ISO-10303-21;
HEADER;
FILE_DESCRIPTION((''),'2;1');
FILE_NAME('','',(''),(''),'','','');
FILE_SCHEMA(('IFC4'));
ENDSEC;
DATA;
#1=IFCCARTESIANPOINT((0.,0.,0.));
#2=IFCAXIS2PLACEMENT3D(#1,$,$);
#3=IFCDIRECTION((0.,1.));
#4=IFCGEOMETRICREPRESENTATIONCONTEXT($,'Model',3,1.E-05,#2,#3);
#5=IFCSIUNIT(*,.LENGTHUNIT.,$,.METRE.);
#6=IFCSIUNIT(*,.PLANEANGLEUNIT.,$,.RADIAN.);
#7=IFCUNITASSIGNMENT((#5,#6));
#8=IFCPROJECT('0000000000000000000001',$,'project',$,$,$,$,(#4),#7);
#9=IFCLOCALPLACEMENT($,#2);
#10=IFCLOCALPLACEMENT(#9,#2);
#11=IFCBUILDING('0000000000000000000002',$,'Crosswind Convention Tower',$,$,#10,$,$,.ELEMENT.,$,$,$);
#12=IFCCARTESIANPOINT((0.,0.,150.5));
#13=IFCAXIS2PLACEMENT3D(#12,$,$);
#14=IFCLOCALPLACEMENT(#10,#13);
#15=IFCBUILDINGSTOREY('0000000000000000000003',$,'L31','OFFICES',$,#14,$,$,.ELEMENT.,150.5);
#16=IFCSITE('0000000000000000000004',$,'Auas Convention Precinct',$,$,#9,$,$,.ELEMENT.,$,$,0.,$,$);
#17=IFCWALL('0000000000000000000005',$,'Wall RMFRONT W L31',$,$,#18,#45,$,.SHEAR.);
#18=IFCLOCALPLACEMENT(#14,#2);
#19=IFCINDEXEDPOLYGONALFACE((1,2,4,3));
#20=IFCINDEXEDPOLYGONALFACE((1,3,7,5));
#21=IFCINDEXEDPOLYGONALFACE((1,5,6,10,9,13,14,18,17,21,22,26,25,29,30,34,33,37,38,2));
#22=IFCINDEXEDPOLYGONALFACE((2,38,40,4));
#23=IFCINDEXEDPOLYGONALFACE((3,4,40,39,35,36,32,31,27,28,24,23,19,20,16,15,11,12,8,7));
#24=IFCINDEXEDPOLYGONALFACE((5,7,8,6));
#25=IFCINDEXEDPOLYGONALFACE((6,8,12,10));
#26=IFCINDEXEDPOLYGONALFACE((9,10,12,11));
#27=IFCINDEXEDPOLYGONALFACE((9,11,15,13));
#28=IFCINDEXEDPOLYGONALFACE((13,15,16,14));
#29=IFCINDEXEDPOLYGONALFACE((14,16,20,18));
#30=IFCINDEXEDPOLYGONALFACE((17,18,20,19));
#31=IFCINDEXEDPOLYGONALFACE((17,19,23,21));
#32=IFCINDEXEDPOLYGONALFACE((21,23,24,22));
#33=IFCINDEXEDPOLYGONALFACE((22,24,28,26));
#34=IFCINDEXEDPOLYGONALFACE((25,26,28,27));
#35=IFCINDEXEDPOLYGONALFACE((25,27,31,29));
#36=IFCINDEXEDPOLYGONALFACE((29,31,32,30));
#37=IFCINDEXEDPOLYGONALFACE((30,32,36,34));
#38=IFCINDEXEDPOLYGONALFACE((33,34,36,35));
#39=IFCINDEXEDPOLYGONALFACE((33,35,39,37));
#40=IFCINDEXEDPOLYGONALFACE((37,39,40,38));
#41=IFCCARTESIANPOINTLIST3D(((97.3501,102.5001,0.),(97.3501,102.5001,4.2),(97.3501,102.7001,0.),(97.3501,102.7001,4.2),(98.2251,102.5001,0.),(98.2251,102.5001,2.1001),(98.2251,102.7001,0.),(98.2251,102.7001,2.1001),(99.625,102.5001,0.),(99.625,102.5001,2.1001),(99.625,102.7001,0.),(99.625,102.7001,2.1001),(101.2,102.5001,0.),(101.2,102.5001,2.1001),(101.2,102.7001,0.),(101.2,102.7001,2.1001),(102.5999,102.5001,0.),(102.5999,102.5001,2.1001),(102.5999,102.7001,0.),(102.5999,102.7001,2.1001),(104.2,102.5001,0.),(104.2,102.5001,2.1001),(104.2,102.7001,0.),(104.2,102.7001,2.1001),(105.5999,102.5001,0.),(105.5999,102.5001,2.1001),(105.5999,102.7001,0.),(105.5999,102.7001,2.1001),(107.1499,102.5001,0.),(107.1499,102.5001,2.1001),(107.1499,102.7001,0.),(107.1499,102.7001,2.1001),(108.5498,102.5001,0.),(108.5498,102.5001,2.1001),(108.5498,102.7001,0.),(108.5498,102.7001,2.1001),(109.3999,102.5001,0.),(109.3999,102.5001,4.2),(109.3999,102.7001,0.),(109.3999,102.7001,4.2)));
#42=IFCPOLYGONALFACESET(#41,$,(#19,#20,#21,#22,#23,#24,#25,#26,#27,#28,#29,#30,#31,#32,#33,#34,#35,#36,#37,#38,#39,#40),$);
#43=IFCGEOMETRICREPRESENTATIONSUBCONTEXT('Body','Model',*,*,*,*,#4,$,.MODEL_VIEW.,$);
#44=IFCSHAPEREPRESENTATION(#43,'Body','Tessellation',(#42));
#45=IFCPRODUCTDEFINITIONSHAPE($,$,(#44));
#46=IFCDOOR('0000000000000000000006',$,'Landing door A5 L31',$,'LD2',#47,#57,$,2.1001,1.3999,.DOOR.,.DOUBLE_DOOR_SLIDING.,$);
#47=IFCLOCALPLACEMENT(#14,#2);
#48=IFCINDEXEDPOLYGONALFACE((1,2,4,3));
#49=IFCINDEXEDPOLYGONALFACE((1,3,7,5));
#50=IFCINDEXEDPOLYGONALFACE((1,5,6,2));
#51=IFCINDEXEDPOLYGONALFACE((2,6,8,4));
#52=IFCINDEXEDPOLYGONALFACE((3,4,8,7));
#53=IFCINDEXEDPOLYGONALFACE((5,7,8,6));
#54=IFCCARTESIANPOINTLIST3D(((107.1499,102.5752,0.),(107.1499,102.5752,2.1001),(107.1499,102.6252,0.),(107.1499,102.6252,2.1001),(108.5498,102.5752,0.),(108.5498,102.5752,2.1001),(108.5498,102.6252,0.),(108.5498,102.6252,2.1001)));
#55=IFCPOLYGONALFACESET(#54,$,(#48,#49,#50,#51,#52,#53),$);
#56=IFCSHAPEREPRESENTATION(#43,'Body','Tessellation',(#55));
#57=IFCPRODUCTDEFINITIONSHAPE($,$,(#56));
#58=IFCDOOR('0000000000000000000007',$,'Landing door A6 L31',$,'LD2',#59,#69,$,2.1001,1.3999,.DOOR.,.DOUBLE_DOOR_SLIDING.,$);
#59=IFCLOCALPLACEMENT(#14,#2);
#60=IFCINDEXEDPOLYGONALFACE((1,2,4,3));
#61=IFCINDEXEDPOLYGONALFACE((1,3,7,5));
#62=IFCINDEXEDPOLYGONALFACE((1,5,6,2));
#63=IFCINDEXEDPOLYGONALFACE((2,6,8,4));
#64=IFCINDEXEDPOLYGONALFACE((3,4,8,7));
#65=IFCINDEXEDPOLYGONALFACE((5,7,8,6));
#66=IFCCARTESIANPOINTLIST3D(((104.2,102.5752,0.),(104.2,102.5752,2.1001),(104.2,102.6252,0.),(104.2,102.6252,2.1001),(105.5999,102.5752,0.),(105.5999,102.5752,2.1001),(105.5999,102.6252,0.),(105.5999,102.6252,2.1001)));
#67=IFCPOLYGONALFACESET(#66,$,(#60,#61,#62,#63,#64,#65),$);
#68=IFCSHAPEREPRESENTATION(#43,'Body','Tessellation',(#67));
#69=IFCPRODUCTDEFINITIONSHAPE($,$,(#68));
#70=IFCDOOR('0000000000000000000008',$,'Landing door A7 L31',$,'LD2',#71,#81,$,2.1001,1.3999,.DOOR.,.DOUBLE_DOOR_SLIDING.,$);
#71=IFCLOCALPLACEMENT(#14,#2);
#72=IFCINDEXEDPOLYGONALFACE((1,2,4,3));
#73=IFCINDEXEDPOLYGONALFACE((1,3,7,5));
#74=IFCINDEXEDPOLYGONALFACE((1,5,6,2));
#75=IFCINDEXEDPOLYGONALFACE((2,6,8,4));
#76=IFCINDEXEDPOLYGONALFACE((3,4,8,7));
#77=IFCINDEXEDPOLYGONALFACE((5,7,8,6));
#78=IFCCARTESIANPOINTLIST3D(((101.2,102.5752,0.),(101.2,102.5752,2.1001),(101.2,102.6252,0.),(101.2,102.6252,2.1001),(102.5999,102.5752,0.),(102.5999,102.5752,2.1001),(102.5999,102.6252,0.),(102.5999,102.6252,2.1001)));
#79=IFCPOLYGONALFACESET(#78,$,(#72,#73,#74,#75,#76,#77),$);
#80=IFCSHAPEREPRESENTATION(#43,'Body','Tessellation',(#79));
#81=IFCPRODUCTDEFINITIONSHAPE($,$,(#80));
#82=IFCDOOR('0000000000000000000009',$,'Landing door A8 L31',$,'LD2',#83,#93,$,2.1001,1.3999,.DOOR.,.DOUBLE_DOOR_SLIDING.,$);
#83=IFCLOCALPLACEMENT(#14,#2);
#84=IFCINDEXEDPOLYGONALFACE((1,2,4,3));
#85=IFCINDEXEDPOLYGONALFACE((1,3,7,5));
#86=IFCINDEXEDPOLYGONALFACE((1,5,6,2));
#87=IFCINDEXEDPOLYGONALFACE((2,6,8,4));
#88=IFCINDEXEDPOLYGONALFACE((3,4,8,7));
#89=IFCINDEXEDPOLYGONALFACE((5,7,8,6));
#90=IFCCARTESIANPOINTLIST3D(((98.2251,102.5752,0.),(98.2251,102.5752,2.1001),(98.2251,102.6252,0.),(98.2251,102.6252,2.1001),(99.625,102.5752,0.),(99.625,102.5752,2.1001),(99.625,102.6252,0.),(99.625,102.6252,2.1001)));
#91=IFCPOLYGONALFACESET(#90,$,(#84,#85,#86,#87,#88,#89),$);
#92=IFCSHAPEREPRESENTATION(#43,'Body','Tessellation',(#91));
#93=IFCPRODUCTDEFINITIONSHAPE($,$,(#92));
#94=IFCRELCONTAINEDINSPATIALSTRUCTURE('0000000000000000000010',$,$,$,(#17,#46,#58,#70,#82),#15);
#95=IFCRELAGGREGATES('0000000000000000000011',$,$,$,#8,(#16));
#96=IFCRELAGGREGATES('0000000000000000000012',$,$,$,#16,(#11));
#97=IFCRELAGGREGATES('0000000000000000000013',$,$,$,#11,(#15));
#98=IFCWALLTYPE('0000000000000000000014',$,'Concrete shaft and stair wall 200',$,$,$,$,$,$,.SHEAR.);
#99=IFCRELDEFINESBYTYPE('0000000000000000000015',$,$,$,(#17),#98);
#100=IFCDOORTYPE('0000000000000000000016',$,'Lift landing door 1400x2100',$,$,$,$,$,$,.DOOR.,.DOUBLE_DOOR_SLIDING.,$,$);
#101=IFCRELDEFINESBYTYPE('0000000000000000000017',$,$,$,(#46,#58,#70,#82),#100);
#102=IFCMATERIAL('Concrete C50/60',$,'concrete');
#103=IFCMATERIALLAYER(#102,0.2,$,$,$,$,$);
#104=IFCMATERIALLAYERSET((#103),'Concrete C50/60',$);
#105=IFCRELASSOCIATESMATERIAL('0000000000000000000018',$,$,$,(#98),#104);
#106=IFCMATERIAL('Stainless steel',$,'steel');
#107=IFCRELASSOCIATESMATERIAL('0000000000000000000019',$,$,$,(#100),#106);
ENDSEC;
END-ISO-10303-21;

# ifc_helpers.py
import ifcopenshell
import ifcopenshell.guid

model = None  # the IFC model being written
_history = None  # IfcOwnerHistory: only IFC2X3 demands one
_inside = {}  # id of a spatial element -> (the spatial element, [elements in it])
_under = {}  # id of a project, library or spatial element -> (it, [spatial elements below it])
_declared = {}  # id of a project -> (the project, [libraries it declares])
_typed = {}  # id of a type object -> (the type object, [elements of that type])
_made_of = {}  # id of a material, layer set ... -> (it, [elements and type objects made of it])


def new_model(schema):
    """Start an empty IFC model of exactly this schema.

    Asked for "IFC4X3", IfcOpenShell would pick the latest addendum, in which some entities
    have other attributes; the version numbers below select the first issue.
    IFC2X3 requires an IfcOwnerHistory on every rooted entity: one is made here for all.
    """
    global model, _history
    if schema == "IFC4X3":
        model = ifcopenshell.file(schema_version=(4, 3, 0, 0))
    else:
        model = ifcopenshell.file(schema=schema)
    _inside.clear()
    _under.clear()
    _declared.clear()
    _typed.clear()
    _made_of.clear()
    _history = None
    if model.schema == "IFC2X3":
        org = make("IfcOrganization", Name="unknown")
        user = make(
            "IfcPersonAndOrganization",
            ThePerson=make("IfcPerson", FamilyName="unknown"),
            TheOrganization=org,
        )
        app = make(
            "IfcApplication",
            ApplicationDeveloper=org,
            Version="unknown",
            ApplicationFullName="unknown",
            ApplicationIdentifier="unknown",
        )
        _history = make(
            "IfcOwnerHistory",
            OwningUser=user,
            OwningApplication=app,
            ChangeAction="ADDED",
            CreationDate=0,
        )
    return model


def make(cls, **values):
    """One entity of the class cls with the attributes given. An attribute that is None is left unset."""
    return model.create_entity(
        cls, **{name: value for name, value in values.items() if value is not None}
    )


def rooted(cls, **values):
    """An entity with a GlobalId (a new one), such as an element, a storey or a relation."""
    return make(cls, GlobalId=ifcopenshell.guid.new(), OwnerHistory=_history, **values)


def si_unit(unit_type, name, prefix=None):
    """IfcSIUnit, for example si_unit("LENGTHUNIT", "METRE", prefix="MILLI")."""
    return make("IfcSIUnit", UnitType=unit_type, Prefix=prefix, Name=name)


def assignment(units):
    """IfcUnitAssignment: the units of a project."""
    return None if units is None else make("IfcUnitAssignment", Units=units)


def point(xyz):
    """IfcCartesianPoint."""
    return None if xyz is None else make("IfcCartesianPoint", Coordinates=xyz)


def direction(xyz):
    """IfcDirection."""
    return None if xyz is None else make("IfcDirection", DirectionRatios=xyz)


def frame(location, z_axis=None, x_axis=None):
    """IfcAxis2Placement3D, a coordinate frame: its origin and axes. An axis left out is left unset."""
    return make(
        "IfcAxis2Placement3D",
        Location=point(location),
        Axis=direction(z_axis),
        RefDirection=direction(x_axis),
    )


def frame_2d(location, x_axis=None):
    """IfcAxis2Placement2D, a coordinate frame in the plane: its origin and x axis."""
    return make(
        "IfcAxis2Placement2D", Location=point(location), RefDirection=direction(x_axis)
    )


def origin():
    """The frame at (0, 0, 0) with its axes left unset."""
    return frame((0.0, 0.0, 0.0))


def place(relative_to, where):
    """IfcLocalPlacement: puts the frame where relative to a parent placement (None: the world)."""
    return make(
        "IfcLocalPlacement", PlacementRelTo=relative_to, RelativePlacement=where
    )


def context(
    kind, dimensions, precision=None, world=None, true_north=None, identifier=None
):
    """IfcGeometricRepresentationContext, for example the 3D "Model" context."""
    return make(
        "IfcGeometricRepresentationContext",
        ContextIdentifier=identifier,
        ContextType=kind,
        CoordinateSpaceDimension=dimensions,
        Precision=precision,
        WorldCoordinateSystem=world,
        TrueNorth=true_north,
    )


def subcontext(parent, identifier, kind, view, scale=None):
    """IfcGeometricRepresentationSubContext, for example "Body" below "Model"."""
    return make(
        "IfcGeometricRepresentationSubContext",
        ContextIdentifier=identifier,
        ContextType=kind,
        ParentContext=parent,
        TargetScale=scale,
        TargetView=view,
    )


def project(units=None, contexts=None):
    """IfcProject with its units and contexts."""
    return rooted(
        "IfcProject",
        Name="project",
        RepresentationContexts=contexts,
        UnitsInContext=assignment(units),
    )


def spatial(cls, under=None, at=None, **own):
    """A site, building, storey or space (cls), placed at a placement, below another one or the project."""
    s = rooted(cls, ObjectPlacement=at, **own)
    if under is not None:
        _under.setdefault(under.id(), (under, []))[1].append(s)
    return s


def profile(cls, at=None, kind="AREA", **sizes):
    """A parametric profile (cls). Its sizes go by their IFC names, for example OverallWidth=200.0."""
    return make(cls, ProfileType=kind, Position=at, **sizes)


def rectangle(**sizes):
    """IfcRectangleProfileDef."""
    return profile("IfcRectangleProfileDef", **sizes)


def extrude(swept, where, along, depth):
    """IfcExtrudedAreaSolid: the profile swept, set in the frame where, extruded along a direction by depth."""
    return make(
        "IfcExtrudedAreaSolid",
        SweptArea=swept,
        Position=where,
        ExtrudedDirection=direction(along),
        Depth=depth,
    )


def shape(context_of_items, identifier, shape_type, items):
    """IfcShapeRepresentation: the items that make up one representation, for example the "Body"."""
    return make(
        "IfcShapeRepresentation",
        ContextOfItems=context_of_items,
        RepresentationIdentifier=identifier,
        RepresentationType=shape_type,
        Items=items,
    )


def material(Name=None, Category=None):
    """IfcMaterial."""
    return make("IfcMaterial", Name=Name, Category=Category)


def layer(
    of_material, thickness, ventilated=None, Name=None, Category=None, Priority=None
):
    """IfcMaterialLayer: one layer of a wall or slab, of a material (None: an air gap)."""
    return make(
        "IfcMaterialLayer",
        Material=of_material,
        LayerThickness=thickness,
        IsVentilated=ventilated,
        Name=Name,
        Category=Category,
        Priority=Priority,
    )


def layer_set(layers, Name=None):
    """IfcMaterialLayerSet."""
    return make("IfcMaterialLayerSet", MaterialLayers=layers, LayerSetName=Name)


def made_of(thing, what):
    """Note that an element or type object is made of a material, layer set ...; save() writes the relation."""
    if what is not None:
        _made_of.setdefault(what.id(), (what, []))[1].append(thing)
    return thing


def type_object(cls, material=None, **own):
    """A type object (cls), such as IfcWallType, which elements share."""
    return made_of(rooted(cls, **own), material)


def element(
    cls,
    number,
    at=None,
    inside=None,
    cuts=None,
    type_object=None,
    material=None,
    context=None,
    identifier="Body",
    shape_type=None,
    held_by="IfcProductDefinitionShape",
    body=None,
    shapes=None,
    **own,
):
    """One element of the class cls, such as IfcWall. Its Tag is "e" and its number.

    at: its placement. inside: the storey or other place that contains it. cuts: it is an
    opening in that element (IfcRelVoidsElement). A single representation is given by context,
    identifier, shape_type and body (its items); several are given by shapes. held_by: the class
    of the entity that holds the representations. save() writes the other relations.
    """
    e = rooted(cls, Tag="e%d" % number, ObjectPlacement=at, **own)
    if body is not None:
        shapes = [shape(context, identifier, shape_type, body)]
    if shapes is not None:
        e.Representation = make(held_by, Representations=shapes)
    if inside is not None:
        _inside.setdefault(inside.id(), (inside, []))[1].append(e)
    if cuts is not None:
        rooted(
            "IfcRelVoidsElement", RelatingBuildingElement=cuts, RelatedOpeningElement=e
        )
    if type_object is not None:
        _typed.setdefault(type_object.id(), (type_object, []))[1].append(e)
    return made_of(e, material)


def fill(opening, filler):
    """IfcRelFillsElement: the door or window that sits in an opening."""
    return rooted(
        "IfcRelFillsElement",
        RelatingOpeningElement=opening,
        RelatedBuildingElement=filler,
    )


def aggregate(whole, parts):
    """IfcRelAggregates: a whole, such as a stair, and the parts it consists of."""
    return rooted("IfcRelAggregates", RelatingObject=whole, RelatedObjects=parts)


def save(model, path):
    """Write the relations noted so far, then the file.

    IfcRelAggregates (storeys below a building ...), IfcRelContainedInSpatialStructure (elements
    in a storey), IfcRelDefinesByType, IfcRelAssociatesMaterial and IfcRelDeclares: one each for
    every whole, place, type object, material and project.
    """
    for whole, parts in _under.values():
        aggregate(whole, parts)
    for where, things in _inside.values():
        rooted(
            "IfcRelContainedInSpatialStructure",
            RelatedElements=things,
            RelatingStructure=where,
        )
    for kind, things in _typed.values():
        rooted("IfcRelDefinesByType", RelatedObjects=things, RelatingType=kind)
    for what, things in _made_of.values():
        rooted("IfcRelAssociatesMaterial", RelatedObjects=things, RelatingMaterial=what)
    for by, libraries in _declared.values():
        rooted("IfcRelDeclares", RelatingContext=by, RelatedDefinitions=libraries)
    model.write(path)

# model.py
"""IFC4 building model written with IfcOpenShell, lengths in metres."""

from ifc_helpers import new_model, si_unit, direction, frame, frame_2d, origin, place, context, subcontext, project, spatial, rectangle, extrude, material, layer, layer_set, type_object, element, fill, save


model = new_model("IFC4")

# Units and contexts
model_context = context("Model", 3, precision=1e-05, world=origin(), true_north=direction((0.0, 1.0)))
body_context = subcontext(model_context, "Body", "Model", "MODEL_VIEW")
ifc_project = project(units=[si_unit("LENGTHUNIT", "METRE"), si_unit("PLANEANGLEUNIT", "RADIAN")], contexts=[model_context])

# Site, building, storey
site_placement = place(None, origin())
site = spatial("IfcSite", under=ifc_project, at=site_placement, Name="Auas Convention Precinct", CompositionType="ELEMENT", RefElevation=0.0)
building_placement = place(site_placement, origin())
building = spatial("IfcBuilding", under=site, at=building_placement, Name="Crosswind Convention Tower", CompositionType="ELEMENT")
storey_placement = place(building_placement, frame((0.0, 0.0, 150.5)))
storey = spatial("IfcBuildingStorey", under=building, at=storey_placement, Name="L31", Description="OFFICES", CompositionType="ELEMENT", Elevation=150.5)

# Shared definitions
ifc_material_1 = material(Name="Concrete C50/60", Category="concrete")
ifc_layer_1 = layer(ifc_material_1, 0.2)
ifc_layer_set_1 = layer_set([ifc_layer_1], Name="Concrete C50/60")
wall_type_1 = type_object("IfcWallType", Name="Concrete shaft and stair wall 200", PredefinedType="SHEAR", material=ifc_layer_set_1)

# Wall, openings, doors
wall_1_placement = place(storey_placement, frame((109.3999, 102.6001, 0.0), z_axis=(0.0, 0.0, 1.0), x_axis=(-1.0, 0.0, 0.0)))
wall_1 = element("IfcWall", 1, at=wall_1_placement, inside=storey, type_object=wall_type_1, Name="Wall RMFRONT W L31", PredefinedType="SHEAR", context=body_context, shape_type="SweptSolid", body=[
    extrude(rectangle(XDim=12.0498, YDim=0.2, at=frame_2d((6.0249, 0.0))), origin(), (0.0, 0.0, 1.0), 4.2),
])
opening_1_placement = place(wall_1_placement, frame((0.8501, 0.0, 0.0)))
opening_1 = element("IfcOpeningElement", 2, at=opening_1_placement, cuts=wall_1, PredefinedType="OPENING", context=body_context, shape_type="SweptSolid", body=[
    extrude(rectangle(XDim=1.3999, YDim=2.1001, at=frame_2d((0.7, 1.05))), frame((0.0, 0.1099, 0.0), z_axis=(0.0, -1.0, 0.0), x_axis=(1.0, 0.0, 0.0)), (0.0, 0.0, 1.0), 0.22),
])
opening_2_placement = place(wall_1_placement, frame((3.8, 0.0, 0.0)))
opening_2 = element("IfcOpeningElement", 3, at=opening_2_placement, cuts=wall_1, PredefinedType="OPENING", context=body_context, shape_type="SweptSolid", body=[
    extrude(rectangle(XDim=1.3999, YDim=2.1001, at=frame_2d((0.7, 1.05))), frame((0.0, 0.1099, 0.0), z_axis=(0.0, -1.0, 0.0), x_axis=(1.0, 0.0, 0.0)), (0.0, 0.0, 1.0), 0.22),
])
opening_3_placement = place(wall_1_placement, frame((6.8, 0.0, 0.0)))
opening_3 = element("IfcOpeningElement", 4, at=opening_3_placement, cuts=wall_1, PredefinedType="OPENING", context=body_context, shape_type="SweptSolid", body=[
    extrude(rectangle(XDim=1.3999, YDim=2.1001, at=frame_2d((0.7, 1.05))), frame((0.0, 0.1099, 0.0), z_axis=(0.0, -1.0, 0.0), x_axis=(1.0, 0.0, 0.0)), (0.0, 0.0, 1.0), 0.22),
])
opening_4_placement = place(wall_1_placement, frame((9.7749, 0.0, 0.0)))
opening_4 = element("IfcOpeningElement", 5, at=opening_4_placement, cuts=wall_1, PredefinedType="OPENING", context=body_context, shape_type="SweptSolid", body=[
    extrude(rectangle(XDim=1.3999, YDim=2.1001, at=frame_2d((0.7, 1.05))), frame((0.0, 0.1099, 0.0), z_axis=(0.0, -1.0, 0.0), x_axis=(1.0, 0.0, 0.0)), (0.0, 0.0, 1.0), 0.22),
])
ifc_material_2 = material(Name="Stainless steel", Category="steel")
door_type_1 = type_object("IfcDoorType", Name="Lift landing door 1400x2100", OperationType="DOUBLE_DOOR_SLIDING", PredefinedType="DOOR", material=ifc_material_2)
door_1_placement = place(opening_1_placement, origin())
door_1 = element("IfcDoor", 6, at=door_1_placement, inside=storey, type_object=door_type_1, Name="Landing door A5 L31", ObjectType="LD2", OperationType="DOUBLE_DOOR_SLIDING", OverallHeight=2.1001, OverallWidth=1.3999, PredefinedType="DOOR", context=body_context, shape_type="SweptSolid", body=[
    extrude(rectangle(XDim=1.3999, YDim=2.1001, at=frame_2d((0.7, 1.05))), frame((0.0, 0.0249, 0.0), z_axis=(0.0, -1.0, 0.0), x_axis=(1.0, 0.0, 0.0)), (0.0, 0.0, 1.0), 0.05),
])
fill(opening_1, door_1)
door_2_placement = place(opening_2_placement, origin())
door_2 = element("IfcDoor", 7, at=door_2_placement, inside=storey, type_object=door_type_1, Name="Landing door A6 L31", ObjectType="LD2", OperationType="DOUBLE_DOOR_SLIDING", OverallHeight=2.1001, OverallWidth=1.3999, PredefinedType="DOOR", context=body_context, shape_type="SweptSolid", body=[
    extrude(rectangle(XDim=1.3999, YDim=2.1001, at=frame_2d((0.7, 1.05))), frame((0.0, 0.0249, 0.0), z_axis=(0.0, -1.0, 0.0), x_axis=(1.0, 0.0, 0.0)), (0.0, 0.0, 1.0), 0.05),
])
fill(opening_2, door_2)
door_3_placement = place(opening_3_placement, origin())
door_3 = element("IfcDoor", 8, at=door_3_placement, inside=storey, type_object=door_type_1, Name="Landing door A7 L31", ObjectType="LD2", OperationType="DOUBLE_DOOR_SLIDING", OverallHeight=2.1001, OverallWidth=1.3999, PredefinedType="DOOR", context=body_context, shape_type="SweptSolid", body=[
    extrude(rectangle(XDim=1.3999, YDim=2.1001, at=frame_2d((0.7, 1.05))), frame((0.0, 0.0249, 0.0), z_axis=(0.0, -1.0, 0.0), x_axis=(1.0, 0.0, 0.0)), (0.0, 0.0, 1.0), 0.05),
])
fill(opening_3, door_3)
door_4_placement = place(opening_4_placement, origin())
door_4 = element("IfcDoor", 9, at=door_4_placement, inside=storey, type_object=door_type_1, Name="Landing door A8 L31", ObjectType="LD2", OperationType="DOUBLE_DOOR_SLIDING", OverallHeight=2.1001, OverallWidth=1.3999, PredefinedType="DOOR", context=body_context, shape_type="SweptSolid", body=[
    extrude(rectangle(XDim=1.3999, YDim=2.1001, at=frame_2d((0.7, 1.05))), frame((0.0, 0.0249, 0.0), z_axis=(0.0, -1.0, 0.0), x_axis=(1.0, 0.0, 0.0)), (0.0, 0.0, 1.0), 0.05),
])
fill(opening_4, door_4)

save(model, "model.ifc")
